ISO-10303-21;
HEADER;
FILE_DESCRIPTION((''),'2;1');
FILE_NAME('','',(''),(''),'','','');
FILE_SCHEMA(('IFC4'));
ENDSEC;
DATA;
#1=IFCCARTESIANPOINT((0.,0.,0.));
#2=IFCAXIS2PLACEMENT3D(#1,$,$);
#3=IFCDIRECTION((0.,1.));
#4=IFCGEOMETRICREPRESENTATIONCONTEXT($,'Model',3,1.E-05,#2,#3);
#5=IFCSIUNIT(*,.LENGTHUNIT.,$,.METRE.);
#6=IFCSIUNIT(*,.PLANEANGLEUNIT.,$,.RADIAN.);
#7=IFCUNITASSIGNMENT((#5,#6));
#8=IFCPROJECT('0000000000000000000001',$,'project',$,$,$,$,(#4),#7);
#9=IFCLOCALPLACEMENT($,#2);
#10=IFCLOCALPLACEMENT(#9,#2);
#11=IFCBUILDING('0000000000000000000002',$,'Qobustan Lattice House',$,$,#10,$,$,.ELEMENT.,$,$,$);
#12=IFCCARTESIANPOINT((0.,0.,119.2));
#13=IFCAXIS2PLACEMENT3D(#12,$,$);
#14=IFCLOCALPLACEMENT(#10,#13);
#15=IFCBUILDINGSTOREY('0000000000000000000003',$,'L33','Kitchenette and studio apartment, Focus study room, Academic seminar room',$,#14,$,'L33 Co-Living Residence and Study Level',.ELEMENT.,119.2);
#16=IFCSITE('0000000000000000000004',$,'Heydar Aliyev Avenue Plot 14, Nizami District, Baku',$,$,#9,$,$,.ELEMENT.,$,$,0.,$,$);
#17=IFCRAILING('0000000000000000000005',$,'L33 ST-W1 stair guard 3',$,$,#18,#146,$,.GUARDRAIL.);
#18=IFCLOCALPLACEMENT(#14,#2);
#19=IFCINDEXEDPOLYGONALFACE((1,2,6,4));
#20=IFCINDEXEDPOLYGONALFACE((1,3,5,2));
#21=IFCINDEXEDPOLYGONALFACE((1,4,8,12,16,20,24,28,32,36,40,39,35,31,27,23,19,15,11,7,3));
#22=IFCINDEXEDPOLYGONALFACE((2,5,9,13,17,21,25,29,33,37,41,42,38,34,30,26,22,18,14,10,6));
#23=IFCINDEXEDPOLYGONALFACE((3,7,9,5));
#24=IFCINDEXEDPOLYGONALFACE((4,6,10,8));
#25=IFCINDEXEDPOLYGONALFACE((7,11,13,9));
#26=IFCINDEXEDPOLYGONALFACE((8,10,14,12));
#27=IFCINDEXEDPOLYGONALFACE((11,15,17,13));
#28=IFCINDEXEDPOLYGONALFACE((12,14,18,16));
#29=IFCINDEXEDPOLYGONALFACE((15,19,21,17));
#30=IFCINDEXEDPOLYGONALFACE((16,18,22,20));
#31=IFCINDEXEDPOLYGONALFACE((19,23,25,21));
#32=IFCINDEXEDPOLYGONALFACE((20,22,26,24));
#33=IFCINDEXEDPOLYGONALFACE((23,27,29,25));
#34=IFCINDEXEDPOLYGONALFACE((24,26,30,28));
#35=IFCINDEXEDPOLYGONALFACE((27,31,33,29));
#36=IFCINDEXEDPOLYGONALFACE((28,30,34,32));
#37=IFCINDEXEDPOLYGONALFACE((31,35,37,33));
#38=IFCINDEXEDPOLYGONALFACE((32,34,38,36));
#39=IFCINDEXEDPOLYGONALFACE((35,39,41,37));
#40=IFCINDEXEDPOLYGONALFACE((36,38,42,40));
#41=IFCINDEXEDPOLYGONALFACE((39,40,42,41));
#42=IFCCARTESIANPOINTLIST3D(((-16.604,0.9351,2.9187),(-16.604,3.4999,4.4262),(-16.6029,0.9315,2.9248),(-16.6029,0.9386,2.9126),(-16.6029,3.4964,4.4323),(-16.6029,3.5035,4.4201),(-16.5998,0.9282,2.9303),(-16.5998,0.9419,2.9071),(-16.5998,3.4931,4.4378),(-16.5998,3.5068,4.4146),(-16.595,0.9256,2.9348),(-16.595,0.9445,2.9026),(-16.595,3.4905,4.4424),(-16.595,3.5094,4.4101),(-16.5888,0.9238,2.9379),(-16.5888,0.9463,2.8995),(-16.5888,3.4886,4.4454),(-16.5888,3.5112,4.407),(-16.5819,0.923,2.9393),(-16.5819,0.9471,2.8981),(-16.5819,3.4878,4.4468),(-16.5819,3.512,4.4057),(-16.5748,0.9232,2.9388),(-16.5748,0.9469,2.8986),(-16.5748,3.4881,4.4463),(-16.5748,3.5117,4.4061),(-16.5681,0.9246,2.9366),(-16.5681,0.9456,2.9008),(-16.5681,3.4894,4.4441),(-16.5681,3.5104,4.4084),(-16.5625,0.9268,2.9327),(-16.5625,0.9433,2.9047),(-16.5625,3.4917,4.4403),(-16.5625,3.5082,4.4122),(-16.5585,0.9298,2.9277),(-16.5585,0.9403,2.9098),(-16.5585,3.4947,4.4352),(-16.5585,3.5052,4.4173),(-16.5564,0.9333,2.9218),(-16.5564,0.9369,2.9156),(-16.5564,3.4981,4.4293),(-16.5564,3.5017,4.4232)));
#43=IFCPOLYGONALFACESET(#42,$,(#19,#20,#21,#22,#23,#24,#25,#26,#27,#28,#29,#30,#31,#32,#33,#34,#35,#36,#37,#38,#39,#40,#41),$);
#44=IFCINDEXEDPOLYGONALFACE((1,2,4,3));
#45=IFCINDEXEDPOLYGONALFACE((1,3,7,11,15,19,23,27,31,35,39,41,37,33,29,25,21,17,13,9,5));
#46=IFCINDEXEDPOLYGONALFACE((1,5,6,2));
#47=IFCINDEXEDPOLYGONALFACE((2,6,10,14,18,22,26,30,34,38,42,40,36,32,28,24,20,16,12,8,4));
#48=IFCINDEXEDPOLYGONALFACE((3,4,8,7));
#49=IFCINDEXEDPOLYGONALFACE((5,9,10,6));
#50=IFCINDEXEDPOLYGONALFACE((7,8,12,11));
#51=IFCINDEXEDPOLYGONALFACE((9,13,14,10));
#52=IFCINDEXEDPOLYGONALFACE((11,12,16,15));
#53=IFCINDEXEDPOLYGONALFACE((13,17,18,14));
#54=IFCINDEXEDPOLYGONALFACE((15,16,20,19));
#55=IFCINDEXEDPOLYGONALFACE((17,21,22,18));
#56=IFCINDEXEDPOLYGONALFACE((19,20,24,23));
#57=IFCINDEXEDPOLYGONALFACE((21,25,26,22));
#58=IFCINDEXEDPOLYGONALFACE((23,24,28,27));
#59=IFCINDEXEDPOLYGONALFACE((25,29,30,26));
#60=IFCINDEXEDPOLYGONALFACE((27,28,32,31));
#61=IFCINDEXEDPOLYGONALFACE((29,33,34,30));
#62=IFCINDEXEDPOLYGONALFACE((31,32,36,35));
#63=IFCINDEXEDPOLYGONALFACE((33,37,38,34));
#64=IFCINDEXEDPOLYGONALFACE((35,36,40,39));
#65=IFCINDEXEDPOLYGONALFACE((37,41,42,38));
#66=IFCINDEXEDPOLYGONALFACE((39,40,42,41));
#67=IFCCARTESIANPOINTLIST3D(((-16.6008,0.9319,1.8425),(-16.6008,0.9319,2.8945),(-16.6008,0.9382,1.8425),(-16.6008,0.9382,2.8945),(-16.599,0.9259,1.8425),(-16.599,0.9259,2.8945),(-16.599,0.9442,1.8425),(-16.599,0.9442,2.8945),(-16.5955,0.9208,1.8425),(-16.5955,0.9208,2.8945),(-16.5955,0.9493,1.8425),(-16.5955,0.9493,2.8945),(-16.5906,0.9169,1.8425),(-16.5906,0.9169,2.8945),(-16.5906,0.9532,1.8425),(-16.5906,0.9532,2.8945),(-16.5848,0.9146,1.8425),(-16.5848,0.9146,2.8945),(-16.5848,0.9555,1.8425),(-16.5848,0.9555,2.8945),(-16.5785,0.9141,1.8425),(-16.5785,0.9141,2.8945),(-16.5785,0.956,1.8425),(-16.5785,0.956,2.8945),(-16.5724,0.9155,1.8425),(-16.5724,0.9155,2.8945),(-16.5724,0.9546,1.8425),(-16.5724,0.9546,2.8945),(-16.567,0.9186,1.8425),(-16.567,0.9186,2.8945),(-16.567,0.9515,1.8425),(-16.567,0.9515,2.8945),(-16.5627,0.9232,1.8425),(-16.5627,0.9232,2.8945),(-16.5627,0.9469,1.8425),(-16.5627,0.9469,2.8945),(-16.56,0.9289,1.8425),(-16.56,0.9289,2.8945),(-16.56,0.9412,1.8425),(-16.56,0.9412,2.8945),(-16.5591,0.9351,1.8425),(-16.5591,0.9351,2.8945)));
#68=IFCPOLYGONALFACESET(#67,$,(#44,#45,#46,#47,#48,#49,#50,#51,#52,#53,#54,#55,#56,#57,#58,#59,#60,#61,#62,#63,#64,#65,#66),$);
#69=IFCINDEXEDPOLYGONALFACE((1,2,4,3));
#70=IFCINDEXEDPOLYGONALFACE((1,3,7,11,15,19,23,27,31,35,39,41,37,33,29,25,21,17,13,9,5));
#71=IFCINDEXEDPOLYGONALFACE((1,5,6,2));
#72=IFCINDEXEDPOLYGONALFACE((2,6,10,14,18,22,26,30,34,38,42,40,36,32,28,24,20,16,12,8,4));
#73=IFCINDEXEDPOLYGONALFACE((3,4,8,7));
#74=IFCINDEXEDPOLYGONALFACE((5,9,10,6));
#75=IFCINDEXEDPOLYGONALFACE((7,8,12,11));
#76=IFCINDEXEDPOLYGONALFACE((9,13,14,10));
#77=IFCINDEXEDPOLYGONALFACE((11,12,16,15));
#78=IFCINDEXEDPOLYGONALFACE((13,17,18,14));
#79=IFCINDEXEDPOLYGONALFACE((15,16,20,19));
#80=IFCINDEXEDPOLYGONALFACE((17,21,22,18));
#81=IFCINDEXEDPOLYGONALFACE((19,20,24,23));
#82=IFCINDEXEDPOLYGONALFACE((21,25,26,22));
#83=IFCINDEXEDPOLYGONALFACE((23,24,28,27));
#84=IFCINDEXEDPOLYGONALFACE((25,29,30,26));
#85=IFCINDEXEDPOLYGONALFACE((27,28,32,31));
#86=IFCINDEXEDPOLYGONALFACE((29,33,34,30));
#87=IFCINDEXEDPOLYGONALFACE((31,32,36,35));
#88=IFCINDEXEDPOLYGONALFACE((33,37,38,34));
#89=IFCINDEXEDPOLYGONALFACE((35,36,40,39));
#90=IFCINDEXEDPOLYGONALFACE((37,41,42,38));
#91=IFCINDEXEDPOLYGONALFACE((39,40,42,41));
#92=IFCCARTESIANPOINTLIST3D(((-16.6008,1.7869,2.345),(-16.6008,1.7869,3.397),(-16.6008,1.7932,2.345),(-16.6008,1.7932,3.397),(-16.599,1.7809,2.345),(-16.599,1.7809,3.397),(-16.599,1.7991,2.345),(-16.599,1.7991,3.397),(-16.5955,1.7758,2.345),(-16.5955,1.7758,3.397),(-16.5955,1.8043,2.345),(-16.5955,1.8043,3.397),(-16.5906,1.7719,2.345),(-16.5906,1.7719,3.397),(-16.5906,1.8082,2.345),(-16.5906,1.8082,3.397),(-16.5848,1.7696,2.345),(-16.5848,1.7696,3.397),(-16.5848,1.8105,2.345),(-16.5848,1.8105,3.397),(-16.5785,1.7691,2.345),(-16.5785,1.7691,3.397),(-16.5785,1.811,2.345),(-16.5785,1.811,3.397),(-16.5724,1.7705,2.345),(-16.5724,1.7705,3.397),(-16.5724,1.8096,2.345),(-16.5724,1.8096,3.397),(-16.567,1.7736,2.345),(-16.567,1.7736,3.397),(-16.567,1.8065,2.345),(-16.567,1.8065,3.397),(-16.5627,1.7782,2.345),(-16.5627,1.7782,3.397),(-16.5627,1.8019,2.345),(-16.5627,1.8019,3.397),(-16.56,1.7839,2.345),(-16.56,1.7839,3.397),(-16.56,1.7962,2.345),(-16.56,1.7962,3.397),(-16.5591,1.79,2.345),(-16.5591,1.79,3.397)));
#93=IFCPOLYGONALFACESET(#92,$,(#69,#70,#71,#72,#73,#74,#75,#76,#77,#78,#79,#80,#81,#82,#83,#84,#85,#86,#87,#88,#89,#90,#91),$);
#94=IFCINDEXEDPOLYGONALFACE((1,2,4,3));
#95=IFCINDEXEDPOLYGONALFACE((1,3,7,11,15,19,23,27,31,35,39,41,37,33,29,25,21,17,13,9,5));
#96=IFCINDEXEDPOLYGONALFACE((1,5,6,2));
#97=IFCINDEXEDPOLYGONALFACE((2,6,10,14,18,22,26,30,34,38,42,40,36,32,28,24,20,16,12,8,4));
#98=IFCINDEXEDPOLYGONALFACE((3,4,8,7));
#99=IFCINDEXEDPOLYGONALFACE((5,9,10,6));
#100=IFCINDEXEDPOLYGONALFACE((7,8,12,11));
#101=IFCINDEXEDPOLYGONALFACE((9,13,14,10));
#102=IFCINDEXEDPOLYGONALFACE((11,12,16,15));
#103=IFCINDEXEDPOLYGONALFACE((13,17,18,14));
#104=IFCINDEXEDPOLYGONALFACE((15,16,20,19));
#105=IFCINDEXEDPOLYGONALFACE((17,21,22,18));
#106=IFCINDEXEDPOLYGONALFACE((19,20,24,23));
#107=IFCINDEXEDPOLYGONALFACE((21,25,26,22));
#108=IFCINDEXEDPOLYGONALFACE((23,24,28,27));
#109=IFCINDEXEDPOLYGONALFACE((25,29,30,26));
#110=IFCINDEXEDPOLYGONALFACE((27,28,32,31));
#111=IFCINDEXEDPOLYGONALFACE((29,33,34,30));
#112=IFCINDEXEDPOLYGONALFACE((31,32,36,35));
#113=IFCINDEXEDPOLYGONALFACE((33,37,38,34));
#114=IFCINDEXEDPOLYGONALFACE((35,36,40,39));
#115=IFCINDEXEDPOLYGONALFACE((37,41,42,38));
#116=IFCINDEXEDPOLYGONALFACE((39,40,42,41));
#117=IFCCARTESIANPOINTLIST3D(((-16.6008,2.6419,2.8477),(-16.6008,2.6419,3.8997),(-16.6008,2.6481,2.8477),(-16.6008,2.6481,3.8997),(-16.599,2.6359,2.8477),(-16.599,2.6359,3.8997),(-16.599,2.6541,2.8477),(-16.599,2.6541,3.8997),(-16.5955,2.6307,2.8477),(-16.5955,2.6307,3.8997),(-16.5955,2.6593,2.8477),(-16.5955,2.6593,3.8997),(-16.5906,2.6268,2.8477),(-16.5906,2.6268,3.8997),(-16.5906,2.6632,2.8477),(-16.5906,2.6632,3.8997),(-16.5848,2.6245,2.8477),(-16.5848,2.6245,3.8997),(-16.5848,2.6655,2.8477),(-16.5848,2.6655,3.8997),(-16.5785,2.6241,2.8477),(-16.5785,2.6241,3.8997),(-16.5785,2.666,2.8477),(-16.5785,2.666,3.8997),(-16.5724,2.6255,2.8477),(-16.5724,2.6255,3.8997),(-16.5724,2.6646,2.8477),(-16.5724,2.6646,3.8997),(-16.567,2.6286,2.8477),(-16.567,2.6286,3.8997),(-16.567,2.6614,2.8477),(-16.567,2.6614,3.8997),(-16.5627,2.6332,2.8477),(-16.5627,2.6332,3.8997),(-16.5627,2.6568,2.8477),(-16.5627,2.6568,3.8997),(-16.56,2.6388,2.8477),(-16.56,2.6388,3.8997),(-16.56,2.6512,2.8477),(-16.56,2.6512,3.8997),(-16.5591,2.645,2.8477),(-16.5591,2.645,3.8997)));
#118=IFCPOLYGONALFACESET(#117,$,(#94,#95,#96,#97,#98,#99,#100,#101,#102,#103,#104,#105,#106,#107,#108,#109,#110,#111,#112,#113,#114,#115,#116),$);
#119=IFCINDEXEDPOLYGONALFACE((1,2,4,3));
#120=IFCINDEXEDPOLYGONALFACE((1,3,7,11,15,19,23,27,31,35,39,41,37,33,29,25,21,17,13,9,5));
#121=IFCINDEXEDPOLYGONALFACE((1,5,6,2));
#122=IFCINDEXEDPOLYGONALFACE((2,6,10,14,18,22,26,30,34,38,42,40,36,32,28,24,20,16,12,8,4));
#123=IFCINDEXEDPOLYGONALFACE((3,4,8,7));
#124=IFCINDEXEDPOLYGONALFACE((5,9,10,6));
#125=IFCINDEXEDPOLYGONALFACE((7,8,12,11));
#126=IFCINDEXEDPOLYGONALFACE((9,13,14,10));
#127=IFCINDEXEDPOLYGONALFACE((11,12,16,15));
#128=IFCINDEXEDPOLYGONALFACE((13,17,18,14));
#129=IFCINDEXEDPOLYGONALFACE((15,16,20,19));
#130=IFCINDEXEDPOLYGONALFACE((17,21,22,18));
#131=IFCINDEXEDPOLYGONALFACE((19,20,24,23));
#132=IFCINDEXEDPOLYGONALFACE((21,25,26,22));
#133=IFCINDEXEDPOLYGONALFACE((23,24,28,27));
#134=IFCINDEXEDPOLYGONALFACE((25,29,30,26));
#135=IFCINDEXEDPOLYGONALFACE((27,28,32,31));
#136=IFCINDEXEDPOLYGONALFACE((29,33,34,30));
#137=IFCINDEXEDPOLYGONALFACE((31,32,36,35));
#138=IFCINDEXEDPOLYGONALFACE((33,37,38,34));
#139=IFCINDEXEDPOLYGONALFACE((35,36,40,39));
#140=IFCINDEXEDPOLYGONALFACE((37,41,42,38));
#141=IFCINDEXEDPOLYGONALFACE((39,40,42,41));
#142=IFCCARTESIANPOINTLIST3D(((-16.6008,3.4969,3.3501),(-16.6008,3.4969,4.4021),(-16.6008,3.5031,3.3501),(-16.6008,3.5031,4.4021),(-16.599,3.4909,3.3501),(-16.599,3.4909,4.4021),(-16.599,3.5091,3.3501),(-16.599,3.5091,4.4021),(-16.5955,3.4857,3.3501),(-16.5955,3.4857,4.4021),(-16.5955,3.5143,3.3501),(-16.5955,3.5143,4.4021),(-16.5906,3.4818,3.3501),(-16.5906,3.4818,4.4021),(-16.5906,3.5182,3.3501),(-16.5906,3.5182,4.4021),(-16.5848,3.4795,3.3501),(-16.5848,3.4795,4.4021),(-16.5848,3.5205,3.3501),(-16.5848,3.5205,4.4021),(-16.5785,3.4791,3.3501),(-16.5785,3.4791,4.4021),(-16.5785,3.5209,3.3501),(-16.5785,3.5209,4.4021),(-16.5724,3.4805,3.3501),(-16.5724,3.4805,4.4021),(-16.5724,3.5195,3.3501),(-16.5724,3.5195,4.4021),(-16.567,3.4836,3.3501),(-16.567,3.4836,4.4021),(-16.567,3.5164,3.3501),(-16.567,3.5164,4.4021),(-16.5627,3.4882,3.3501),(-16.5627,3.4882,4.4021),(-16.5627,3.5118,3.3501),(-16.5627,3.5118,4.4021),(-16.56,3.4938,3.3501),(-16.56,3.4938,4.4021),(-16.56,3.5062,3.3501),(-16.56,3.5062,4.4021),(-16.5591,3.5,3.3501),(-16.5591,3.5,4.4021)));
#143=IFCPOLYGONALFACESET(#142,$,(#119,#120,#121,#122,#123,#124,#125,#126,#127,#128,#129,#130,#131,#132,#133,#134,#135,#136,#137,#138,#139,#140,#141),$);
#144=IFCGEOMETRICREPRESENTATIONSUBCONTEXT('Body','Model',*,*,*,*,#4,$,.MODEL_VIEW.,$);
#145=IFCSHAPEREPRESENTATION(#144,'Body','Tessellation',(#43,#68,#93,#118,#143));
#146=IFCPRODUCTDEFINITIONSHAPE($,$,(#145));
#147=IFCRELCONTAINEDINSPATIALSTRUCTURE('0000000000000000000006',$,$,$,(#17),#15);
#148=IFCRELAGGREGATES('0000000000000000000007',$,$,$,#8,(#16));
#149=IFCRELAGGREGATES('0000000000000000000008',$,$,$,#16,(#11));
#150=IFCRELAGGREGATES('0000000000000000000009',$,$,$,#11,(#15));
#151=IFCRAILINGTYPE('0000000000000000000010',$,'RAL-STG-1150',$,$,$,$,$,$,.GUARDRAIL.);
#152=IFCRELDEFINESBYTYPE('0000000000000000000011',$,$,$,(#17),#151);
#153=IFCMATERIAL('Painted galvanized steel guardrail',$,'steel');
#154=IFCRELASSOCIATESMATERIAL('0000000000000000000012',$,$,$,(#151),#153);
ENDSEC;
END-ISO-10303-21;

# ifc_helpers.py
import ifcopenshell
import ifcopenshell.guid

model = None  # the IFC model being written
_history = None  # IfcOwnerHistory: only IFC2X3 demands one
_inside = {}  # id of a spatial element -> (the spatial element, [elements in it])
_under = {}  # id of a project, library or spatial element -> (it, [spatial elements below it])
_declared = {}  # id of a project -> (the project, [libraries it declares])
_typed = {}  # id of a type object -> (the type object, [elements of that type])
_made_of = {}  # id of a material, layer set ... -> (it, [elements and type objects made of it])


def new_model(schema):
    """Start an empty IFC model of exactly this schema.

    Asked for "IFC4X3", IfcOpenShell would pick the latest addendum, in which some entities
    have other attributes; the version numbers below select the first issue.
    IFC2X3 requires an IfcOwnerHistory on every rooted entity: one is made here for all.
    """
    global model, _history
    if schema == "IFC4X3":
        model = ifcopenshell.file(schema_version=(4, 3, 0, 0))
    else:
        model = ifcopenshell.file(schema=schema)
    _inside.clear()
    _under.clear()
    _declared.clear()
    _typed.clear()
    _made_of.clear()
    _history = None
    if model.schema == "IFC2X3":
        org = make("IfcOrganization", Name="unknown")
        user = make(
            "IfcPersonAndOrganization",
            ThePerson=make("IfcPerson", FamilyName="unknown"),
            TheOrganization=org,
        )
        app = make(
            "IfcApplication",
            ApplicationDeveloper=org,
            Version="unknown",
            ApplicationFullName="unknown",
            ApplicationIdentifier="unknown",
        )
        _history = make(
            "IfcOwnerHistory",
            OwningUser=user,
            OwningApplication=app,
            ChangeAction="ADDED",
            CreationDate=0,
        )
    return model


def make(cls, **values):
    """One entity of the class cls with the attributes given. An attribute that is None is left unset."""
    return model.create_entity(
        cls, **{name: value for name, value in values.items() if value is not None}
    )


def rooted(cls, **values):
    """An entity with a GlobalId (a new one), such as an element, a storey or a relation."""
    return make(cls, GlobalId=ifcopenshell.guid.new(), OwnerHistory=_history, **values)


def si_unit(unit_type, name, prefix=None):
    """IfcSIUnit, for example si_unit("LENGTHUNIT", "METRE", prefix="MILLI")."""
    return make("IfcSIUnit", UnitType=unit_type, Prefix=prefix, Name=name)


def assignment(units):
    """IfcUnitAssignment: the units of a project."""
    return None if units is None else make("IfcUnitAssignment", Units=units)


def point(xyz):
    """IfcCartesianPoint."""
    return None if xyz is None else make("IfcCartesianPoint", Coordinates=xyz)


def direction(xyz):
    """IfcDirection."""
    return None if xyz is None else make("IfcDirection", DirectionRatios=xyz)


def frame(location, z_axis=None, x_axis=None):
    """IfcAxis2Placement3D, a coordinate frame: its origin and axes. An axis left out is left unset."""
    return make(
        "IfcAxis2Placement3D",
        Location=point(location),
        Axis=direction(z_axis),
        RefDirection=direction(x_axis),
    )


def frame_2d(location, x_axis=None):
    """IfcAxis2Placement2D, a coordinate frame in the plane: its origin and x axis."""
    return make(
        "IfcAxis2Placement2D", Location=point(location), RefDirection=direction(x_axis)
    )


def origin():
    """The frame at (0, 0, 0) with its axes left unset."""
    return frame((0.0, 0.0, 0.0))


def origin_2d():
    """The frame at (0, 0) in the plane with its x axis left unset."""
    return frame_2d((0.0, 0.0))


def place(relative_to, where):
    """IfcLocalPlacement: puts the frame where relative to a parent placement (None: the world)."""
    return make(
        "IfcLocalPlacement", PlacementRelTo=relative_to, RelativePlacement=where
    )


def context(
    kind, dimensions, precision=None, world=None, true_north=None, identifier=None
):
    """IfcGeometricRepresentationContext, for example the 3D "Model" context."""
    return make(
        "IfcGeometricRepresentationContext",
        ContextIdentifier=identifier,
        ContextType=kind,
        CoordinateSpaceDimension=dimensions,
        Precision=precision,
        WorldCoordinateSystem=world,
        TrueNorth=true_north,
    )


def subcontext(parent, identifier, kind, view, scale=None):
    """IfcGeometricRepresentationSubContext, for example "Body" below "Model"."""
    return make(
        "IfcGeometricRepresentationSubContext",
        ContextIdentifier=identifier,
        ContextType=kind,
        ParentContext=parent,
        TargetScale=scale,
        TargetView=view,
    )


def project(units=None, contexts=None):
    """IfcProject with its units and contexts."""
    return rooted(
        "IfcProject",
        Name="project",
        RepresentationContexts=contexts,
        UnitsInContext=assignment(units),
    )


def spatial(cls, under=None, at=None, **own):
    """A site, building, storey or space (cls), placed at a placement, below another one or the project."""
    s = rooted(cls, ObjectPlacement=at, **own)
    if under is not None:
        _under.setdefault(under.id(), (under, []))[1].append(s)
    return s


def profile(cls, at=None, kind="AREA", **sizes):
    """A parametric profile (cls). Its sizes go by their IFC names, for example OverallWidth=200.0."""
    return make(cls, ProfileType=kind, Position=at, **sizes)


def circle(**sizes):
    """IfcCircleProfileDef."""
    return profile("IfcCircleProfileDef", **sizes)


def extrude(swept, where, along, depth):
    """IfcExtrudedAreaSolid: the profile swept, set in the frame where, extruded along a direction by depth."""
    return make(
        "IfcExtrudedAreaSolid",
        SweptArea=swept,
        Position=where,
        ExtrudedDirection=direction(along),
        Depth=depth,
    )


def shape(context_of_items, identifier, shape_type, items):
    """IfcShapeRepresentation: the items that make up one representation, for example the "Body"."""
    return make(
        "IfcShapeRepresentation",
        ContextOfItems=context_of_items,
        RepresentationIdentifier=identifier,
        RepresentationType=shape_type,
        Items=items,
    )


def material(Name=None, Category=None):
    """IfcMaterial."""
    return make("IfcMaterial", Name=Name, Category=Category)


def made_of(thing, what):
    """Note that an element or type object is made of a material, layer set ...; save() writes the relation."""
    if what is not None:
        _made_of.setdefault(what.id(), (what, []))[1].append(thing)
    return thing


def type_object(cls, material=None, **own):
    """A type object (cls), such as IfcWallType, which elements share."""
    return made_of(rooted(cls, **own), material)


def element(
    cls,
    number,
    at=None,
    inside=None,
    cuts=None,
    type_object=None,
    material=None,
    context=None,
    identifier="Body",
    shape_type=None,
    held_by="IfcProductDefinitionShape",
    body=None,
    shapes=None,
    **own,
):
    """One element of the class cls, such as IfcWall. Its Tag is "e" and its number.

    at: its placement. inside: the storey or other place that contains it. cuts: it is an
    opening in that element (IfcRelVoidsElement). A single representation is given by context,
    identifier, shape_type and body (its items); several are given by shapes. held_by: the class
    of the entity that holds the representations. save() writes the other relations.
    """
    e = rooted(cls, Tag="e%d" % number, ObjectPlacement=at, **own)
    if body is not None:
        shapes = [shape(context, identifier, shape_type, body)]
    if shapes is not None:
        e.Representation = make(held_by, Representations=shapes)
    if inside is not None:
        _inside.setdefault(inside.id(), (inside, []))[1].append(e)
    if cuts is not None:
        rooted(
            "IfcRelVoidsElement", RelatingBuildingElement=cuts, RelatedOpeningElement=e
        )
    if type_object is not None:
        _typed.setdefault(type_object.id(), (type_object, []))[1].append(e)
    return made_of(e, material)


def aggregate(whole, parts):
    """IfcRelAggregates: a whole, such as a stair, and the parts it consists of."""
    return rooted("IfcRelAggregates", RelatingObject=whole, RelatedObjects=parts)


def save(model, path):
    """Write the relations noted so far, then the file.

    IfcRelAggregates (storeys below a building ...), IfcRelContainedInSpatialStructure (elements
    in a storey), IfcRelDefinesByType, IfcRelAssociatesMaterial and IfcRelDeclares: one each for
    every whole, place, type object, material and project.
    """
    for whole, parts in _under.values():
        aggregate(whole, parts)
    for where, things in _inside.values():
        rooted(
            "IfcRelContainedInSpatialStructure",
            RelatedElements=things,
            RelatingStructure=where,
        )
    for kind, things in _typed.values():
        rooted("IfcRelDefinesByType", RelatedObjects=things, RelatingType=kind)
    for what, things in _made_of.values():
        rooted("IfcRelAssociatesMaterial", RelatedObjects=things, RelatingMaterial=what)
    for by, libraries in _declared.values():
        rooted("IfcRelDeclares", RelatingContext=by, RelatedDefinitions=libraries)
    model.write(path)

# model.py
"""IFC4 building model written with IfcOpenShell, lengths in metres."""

from ifc_helpers import new_model, si_unit, direction, frame, origin, origin_2d, place, context, subcontext, project, spatial, circle, extrude, material, type_object, element, save


model = new_model("IFC4")

# Units and contexts
model_context = context("Model", 3, precision=1e-05, world=origin(), true_north=direction((0.0, 1.0)))
body_context = subcontext(model_context, "Body", "Model", "MODEL_VIEW")
ifc_project = project(units=[si_unit("LENGTHUNIT", "METRE"), si_unit("PLANEANGLEUNIT", "RADIAN")], contexts=[model_context])

# Site, building, storey
site_placement = place(None, origin())
site = spatial("IfcSite", under=ifc_project, at=site_placement, Name="Heydar Aliyev Avenue Plot 14, Nizami District, Baku", CompositionType="ELEMENT", RefElevation=0.0)
building_placement = place(site_placement, origin())
building = spatial("IfcBuilding", under=site, at=building_placement, Name="Qobustan Lattice House", CompositionType="ELEMENT")
storey_placement = place(building_placement, frame((0.0, 0.0, 119.2)))
storey = spatial("IfcBuildingStorey", under=building, at=storey_placement, Name="L33", Description="Kitchenette and studio apartment, Focus study room, Academic seminar room", LongName="L33 Co-Living Residence and Study Level", CompositionType="ELEMENT", Elevation=119.2)

# Railing
ifc_material_1 = material(Name="Painted galvanized steel guardrail", Category="steel")
railing_type_1 = type_object("IfcRailingType", Name="RAL-STG-1150", PredefinedType="GUARDRAIL", material=ifc_material_1)
railing_1_placement = place(storey_placement, frame((-16.5801, 0.9351, 1.8425)))
element("IfcRailing", 1, at=railing_1_placement, inside=storey, type_object=railing_type_1, Name="L33 ST-W1 stair guard 3", PredefinedType="GUARDRAIL", context=body_context, shape_type="SweptSolid", body=[
    extrude(circle(Radius=0.0239, at=origin_2d()), frame((0.0, 0.0, 1.0762), z_axis=(0.0, 0.862113, 0.506715), x_axis=(-1.0, 0.0, 0.0)), (0.0, 0.0, 1.0), 2.9751),
    extrude(circle(Radius=0.021, at=origin_2d()), origin(), (0.0, 0.0, 1.0), 1.052),
    extrude(circle(Radius=0.021, at=origin_2d()), frame((0.0, 0.855, 0.5024)), (0.0, 0.0, 1.0), 1.052),
    extrude(circle(Radius=0.021, at=origin_2d()), frame((0.0, 1.71, 1.0051)), (0.0, 0.0, 1.0), 1.052),
    extrude(circle(Radius=0.021, at=origin_2d()), frame((0.0, 2.5649, 1.5076)), (0.0, 0.0, 1.0), 1.052),
])

save(model, "model.ifc")
